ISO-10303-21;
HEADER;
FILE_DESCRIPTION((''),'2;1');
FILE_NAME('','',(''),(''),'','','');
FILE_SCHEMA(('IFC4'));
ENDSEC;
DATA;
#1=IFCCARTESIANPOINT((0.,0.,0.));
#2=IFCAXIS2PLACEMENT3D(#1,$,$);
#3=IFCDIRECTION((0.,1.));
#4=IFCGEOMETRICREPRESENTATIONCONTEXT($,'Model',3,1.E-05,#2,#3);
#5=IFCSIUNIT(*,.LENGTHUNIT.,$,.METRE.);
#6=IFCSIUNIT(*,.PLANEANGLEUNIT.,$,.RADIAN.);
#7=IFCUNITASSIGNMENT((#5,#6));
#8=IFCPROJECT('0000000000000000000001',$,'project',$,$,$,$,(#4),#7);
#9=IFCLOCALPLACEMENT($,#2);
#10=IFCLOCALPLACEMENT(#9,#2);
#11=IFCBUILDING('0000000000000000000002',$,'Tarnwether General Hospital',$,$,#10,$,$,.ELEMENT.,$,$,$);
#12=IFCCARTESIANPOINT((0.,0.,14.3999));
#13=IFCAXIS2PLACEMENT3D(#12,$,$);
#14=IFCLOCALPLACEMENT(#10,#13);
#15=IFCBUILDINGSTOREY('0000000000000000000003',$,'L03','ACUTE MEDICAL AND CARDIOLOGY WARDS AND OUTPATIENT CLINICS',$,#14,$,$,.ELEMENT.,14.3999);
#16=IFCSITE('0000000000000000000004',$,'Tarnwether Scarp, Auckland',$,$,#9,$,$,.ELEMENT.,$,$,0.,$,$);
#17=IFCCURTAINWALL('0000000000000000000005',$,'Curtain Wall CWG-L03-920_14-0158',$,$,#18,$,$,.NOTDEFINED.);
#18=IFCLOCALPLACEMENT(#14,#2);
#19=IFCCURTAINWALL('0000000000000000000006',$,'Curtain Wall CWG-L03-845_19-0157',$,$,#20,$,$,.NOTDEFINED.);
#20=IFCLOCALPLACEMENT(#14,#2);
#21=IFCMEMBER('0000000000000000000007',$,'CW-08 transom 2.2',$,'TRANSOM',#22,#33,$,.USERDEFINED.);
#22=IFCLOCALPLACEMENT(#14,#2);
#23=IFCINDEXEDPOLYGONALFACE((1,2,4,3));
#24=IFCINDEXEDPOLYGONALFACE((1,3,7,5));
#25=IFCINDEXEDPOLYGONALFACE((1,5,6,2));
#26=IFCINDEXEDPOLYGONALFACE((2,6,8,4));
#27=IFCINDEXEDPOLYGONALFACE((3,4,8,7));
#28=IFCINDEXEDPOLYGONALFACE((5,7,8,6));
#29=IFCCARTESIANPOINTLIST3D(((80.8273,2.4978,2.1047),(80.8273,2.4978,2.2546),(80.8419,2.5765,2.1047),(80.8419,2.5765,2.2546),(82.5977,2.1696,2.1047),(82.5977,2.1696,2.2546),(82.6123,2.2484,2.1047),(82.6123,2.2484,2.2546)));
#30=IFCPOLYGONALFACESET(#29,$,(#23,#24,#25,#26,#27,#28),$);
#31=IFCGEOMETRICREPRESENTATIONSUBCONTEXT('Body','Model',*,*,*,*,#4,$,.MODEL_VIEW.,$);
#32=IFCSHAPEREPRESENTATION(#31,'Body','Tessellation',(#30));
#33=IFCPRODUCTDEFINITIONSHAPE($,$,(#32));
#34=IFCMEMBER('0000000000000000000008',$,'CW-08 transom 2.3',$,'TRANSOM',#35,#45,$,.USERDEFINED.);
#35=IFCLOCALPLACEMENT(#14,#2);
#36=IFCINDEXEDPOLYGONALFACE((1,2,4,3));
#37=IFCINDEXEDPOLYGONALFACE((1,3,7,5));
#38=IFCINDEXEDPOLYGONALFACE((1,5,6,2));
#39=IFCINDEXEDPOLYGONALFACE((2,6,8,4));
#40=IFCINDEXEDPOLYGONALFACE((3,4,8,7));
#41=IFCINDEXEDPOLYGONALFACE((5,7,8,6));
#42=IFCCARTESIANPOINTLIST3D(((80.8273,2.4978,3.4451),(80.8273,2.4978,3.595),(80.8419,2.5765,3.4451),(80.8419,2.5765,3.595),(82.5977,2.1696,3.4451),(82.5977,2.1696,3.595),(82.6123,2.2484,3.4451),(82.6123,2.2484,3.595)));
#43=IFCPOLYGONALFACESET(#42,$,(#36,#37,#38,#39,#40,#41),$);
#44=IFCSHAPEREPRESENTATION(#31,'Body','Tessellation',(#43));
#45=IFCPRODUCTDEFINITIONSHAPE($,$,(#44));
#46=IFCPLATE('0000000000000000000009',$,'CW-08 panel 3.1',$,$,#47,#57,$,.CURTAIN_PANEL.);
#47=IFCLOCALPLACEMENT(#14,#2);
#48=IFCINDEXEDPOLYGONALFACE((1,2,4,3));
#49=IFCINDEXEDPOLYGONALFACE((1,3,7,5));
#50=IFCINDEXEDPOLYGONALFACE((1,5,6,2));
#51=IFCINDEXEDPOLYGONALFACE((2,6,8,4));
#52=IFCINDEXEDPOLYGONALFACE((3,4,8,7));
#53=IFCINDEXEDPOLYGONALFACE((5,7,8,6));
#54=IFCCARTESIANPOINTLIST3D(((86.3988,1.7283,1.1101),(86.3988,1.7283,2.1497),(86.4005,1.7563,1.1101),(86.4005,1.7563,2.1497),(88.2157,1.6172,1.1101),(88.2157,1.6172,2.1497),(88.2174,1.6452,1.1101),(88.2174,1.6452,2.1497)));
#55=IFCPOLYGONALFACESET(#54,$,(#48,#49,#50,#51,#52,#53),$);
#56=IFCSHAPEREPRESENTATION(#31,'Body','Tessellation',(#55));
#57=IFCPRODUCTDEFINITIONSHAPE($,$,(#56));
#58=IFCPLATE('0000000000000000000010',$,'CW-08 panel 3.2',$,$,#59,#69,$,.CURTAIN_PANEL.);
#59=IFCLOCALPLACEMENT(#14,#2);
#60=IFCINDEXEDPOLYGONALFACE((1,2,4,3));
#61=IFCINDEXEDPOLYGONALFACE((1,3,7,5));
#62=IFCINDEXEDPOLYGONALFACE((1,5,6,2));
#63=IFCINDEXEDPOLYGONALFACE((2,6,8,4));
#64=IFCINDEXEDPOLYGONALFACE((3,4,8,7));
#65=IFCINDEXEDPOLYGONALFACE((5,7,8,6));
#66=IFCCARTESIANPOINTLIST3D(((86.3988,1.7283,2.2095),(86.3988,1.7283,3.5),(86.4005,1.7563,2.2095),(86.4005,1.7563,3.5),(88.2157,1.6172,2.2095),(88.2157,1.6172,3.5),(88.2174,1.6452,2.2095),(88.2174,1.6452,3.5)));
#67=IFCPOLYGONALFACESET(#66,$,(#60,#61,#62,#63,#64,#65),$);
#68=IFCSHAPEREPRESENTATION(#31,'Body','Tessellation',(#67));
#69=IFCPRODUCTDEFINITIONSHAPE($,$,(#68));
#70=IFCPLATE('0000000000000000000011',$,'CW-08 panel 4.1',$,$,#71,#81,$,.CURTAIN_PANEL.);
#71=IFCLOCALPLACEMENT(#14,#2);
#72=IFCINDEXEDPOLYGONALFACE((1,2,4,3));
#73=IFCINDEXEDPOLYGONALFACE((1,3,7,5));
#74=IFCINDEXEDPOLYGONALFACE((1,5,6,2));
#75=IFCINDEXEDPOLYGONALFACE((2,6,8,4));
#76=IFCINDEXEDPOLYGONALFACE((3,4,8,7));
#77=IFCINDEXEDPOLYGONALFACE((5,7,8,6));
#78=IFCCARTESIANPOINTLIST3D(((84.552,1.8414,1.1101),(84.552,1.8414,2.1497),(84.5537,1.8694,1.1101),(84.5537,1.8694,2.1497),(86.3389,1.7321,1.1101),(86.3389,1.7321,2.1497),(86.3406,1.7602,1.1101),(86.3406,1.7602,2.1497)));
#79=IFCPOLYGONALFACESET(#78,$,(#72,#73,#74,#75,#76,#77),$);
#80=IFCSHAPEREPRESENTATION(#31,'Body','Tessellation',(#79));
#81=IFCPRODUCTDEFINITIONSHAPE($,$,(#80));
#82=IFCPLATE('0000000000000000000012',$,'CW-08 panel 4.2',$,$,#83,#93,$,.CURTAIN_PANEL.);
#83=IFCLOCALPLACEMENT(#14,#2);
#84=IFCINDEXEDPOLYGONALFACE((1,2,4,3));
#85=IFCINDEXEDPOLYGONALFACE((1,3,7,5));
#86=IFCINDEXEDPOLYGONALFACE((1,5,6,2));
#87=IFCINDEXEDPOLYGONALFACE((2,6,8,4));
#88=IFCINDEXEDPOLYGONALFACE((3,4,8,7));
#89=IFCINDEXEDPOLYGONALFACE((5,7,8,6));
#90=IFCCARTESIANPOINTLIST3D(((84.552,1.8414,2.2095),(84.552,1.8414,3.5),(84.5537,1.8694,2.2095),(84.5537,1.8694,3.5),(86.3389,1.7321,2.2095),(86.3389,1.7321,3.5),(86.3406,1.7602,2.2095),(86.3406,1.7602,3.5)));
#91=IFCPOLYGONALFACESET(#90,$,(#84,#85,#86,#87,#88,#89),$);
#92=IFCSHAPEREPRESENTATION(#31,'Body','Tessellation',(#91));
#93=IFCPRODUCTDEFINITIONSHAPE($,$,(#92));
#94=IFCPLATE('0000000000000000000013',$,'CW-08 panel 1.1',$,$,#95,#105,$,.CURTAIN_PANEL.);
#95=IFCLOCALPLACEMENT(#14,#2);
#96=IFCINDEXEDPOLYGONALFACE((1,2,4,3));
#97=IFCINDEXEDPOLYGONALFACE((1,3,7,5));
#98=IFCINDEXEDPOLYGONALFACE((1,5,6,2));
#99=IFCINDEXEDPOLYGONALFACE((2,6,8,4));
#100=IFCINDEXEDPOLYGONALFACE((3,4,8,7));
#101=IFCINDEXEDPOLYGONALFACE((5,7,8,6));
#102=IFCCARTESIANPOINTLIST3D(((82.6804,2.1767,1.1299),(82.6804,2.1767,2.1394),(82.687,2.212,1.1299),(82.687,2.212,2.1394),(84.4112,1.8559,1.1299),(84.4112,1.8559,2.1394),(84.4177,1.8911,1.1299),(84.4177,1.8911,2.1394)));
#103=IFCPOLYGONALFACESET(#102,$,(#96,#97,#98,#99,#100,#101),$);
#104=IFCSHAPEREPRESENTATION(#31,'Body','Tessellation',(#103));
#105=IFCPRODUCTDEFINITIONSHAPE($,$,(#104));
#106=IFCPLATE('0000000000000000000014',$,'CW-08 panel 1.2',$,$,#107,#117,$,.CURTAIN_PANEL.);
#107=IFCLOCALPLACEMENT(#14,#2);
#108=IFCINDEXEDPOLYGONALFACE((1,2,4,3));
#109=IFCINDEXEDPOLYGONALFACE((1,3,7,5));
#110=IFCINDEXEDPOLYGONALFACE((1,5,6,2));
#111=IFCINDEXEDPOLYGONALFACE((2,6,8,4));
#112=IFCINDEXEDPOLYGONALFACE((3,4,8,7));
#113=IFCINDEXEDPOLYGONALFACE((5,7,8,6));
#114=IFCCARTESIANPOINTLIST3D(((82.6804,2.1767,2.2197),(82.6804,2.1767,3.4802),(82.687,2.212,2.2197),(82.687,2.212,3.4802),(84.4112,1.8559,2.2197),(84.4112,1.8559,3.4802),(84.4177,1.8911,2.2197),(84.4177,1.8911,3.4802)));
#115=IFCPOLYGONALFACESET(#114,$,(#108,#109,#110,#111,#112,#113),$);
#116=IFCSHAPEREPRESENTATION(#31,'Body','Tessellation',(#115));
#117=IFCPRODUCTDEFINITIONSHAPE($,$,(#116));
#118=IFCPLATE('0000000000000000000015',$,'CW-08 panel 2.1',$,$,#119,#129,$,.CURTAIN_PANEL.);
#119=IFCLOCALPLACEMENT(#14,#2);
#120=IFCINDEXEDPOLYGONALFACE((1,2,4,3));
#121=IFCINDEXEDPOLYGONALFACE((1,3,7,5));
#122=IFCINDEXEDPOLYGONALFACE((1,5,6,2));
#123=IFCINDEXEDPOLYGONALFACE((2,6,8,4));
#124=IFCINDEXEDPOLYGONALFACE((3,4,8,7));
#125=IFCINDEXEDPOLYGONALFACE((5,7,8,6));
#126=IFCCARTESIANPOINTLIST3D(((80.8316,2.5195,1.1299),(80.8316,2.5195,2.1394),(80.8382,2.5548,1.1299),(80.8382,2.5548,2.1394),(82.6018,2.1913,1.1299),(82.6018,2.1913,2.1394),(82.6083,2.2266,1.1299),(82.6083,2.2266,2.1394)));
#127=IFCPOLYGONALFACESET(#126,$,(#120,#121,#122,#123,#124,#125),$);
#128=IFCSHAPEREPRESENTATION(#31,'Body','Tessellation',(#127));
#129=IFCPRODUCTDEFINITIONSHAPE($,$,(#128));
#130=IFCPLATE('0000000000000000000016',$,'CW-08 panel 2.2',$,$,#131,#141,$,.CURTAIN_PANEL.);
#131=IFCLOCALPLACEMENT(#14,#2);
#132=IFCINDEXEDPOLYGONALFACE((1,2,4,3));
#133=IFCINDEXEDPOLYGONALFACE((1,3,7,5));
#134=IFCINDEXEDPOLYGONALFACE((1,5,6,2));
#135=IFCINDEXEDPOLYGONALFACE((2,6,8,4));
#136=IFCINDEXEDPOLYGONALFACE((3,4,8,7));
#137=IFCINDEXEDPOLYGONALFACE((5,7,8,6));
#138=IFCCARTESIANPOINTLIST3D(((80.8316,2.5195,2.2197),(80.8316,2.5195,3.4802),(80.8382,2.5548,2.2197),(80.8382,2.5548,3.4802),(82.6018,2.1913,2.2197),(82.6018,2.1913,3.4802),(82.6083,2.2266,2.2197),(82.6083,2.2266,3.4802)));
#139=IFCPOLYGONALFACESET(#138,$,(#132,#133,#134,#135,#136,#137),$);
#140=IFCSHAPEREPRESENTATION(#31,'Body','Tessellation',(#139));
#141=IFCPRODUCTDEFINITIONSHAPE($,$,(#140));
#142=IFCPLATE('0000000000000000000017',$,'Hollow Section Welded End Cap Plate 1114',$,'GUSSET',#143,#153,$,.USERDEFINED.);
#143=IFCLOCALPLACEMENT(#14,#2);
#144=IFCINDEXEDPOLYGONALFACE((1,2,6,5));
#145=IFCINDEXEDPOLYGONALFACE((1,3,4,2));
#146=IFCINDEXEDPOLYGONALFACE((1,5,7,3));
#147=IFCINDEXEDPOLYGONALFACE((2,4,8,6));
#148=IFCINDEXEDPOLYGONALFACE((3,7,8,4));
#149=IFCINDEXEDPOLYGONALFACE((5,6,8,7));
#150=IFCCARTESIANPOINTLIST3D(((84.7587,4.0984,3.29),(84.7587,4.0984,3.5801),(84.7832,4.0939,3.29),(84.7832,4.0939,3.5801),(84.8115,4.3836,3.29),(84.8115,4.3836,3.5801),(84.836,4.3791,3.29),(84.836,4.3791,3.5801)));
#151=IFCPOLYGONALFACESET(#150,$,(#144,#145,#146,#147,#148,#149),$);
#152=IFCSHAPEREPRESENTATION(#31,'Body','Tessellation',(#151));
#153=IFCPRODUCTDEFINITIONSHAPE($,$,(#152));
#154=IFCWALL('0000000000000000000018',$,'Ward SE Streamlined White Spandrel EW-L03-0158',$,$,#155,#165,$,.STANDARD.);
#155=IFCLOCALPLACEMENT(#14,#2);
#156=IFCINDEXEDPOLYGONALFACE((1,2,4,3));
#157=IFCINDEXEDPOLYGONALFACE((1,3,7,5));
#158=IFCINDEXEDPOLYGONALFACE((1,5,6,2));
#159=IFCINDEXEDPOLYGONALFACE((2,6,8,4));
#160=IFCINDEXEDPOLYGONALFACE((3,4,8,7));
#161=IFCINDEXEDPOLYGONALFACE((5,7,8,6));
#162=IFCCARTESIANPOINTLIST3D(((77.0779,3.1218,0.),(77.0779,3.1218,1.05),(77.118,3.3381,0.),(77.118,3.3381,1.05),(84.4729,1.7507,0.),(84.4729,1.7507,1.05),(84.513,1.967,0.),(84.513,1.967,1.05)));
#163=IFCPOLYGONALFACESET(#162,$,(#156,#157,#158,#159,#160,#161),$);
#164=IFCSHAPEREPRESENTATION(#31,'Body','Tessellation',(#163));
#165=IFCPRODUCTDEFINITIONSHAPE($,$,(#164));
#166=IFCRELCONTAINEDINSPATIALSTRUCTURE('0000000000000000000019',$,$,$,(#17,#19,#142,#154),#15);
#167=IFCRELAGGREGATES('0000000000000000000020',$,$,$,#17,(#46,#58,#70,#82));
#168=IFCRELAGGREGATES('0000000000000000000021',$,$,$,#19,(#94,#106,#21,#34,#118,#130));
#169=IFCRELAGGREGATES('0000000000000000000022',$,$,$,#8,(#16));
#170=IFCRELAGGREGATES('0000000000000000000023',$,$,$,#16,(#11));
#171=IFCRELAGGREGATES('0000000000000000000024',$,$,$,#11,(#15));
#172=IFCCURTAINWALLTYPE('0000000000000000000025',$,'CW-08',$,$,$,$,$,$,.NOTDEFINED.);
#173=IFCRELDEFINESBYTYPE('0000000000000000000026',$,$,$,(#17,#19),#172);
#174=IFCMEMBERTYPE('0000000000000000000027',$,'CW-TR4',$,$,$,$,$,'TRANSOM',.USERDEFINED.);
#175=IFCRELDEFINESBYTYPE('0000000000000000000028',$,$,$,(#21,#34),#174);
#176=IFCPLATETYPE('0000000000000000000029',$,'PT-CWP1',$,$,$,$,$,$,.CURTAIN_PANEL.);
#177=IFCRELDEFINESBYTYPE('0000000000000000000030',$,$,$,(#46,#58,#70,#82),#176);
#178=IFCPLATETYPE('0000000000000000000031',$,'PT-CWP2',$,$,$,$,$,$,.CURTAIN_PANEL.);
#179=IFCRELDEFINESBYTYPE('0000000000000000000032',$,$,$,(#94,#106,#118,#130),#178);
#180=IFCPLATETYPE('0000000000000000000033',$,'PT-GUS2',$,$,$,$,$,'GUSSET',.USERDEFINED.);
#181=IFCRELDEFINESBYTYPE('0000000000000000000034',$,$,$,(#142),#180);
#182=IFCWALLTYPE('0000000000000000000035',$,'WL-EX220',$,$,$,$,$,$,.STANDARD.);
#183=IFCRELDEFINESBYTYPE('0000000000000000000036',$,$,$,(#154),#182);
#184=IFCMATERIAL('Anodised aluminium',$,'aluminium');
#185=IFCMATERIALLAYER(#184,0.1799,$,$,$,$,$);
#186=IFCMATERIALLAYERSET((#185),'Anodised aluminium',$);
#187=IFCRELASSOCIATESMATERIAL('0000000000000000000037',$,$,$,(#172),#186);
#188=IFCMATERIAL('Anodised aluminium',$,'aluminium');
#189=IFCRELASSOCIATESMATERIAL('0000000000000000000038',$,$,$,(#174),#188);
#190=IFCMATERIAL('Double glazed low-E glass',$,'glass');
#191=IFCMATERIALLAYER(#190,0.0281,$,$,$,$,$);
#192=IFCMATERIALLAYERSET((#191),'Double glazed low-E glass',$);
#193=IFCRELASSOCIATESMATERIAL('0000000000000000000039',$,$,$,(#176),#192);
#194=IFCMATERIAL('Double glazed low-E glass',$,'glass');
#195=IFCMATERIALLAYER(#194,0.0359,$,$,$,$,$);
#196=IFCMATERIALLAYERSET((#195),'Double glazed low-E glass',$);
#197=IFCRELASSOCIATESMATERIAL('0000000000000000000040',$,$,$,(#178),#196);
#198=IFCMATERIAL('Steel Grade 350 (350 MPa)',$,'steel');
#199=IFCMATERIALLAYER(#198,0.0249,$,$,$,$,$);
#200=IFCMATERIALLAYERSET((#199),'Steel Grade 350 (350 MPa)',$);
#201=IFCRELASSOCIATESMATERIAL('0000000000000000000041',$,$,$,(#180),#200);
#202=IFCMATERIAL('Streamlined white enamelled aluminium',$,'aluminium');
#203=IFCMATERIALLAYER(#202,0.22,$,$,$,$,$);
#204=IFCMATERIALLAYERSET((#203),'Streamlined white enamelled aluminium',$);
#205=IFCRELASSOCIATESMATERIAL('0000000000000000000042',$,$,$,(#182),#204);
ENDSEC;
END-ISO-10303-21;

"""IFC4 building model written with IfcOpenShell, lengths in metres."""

from ifc_helpers import new_model, si_unit, direction, frame, frame_2d, origin, origin_2d, place, context, subcontext, project, spatial, rectangle, extrude, material, layer, layer_set, material_profile, profile_set, type_object, element, aggregate, save


model = new_model("IFC4")

# Units and contexts
model_context = context("Model", 3, precision=1e-05, world=origin(), true_north=direction((0.0, 1.0)))
body_context = subcontext(model_context, "Body", "Model", "MODEL_VIEW")
ifc_project = project(units=[si_unit("LENGTHUNIT", "METRE"), si_unit("PLANEANGLEUNIT", "RADIAN")], contexts=[model_context])

# Site, building, storey
site_placement = place(None, origin())
site = spatial("IfcSite", under=ifc_project, at=site_placement, Name="Tarnwether Scarp, Auckland", CompositionType="ELEMENT", RefElevation=0.0)
building_placement = place(site_placement, origin())
building = spatial("IfcBuilding", under=site, at=building_placement, Name="Tarnwether General Hospital", CompositionType="ELEMENT")
storey_placement = place(building_placement, frame((0.0, 0.0, 14.3999)))
storey = spatial("IfcBuildingStorey", under=building, at=storey_placement, Name="L03", Description="ACUTE MEDICAL AND CARDIOLOGY WARDS AND OUTPATIENT CLINICS", CompositionType="ELEMENT", Elevation=14.3999)

# Curtain walls
ifc_material_1 = material(Name="Anodised aluminium", Category="aluminium")
ifc_layer_1 = layer(ifc_material_1, 0.1799)
ifc_layer_set_1 = layer_set([ifc_layer_1], Name="Anodised aluminium")
curtain_wall_type = type_object("IfcCurtainWallType", Name="CW-08", PredefinedType="NOTDEFINED", material=ifc_layer_set_1)
curtain_wall_1_placement = place(storey_placement, origin())
curtain_wall_1 = element("IfcCurtainWall", 1, at=curtain_wall_1_placement, inside=storey, type_object=curtain_wall_type, Name="Curtain Wall CWG-L03-920_14-0158", PredefinedType="NOTDEFINED")
curtain_wall_2_placement = place(storey_placement, origin())
curtain_wall_2 = element("IfcCurtainWall", 2, at=curtain_wall_2_placement, inside=storey, type_object=curtain_wall_type, Name="Curtain Wall CWG-L03-845_19-0157", PredefinedType="NOTDEFINED")

# Members
ifc_material_2 = material(Name="Anodised aluminium", Category="aluminium")
ifc_material_profile_1 = material_profile(ifc_material_2, rectangle(XDim=0.0801, YDim=0.1499, at=origin_2d()), Name="ALU-TRN-80x150")
ifc_profile_set_1 = profile_set([ifc_material_profile_1], Name="Anodised aluminium")
member_type_1 = type_object("IfcMemberType", Name="CW-TR4", ElementType="TRANSOM", PredefinedType="USERDEFINED", material=ifc_profile_set_1)
member_1_placement = place(storey_placement, frame((82.605, 2.209, 2.1797), z_axis=(-0.983252, 0.182249, 0.0), x_axis=(-0.182249, -0.983252, 0.0)))
member_1 = element("IfcMember", 3, at=member_1_placement, type_object=member_type_1, Name="CW-08 transom 2.2", ObjectType="TRANSOM", PredefinedType="USERDEFINED", context=body_context, shape_type="SweptSolid", body=[
    extrude(rectangle(XDim=0.0801, YDim=0.1499, at=origin_2d()), origin(), (0.0, 0.0, 1.0), 1.8005),
])
member_2_placement = place(storey_placement, frame((82.605, 2.209, 3.52), z_axis=(-0.983252, 0.182249, 0.0), x_axis=(-0.182249, -0.983252, 0.0)))
member_2 = element("IfcMember", 4, at=member_2_placement, type_object=member_type_1, Name="CW-08 transom 2.3", ObjectType="TRANSOM", PredefinedType="USERDEFINED", context=body_context, shape_type="SweptSolid", body=[
    extrude(rectangle(XDim=0.0801, YDim=0.1499, at=origin_2d()), origin(), (0.0, 0.0, 1.0), 1.8005),
])

# Plates
ifc_material_3 = material(Name="Double glazed low-E glass", Category="glass")
ifc_layer_2 = layer(ifc_material_3, 0.0281)
ifc_layer_set_2 = layer_set([ifc_layer_2], Name="Double glazed low-E glass")
plate_type_1 = type_object("IfcPlateType", Name="PT-CWP1", PredefinedType="CURTAIN_PANEL", material=ifc_layer_set_2)
plate_1_placement = place(storey_placement, frame((87.3081, 1.6868, 1.1101), z_axis=(0.0, 0.0, 1.0), x_axis=(-0.998136, 0.061029, 0.0)))
plate_1 = element("IfcPlate", 5, at=plate_1_placement, type_object=plate_type_1, Name="CW-08 panel 3.1", PredefinedType="CURTAIN_PANEL", context=body_context, shape_type="SweptSolid", body=[
    extrude(rectangle(XDim=1.8203, YDim=0.0281, at=origin_2d()), origin(), (0.0, 0.0, 1.0), 1.0396),
])
plate_2_placement = place(storey_placement, frame((87.3081, 1.6868, 2.2095), z_axis=(0.0, 0.0, 1.0), x_axis=(-0.998136, 0.061029, 0.0)))
plate_2 = element("IfcPlate", 6, at=plate_2_placement, type_object=plate_type_1, Name="CW-08 panel 3.2", PredefinedType="CURTAIN_PANEL", context=body_context, shape_type="SweptSolid", body=[
    extrude(rectangle(XDim=1.8203, YDim=0.0281, at=origin_2d()), origin(), (0.0, 0.0, 1.0), 1.2905),
])
plate_3_placement = place(storey_placement, frame((85.4463, 1.8008, 1.1101), z_axis=(0.0, 0.0, 1.0), x_axis=(-0.998136, 0.061029, 0.0)))
plate_3 = element("IfcPlate", 7, at=plate_3_placement, type_object=plate_type_1, Name="CW-08 panel 4.1", PredefinedType="CURTAIN_PANEL", context=body_context, shape_type="SweptSolid", body=[
    extrude(rectangle(XDim=1.7903, YDim=0.0281, at=origin_2d()), origin(), (0.0, 0.0, 1.0), 1.0396),
])
plate_4_placement = place(storey_placement, frame((85.4463, 1.8008, 2.2095), z_axis=(0.0, 0.0, 1.0), x_axis=(-0.998136, 0.061029, 0.0)))
plate_4 = element("IfcPlate", 8, at=plate_4_placement, type_object=plate_type_1, Name="CW-08 panel 4.2", PredefinedType="CURTAIN_PANEL", context=body_context, shape_type="SweptSolid", body=[
    extrude(rectangle(XDim=1.7903, YDim=0.0281, at=origin_2d()), origin(), (0.0, 0.0, 1.0), 1.2905),
])
aggregate(curtain_wall_1, [plate_1, plate_2, plate_3, plate_4])
ifc_material_4 = material(Name="Double glazed low-E glass", Category="glass")
ifc_layer_3 = layer(ifc_material_4, 0.0359)
ifc_layer_set_3 = layer_set([ifc_layer_3], Name="Double glazed low-E glass")
plate_type_2 = type_object("IfcPlateType", Name="PT-CWP2", PredefinedType="CURTAIN_PANEL", material=ifc_layer_set_3)
plate_5_placement = place(storey_placement, frame((83.5491, 2.0339, 1.1299), z_axis=(0.0, 0.0, 1.0), x_axis=(-0.983245, 0.182289, 0.0)))
plate_5 = element("IfcPlate", 9, at=plate_5_placement, type_object=plate_type_2, Name="CW-08 panel 1.1", PredefinedType="CURTAIN_PANEL", context=body_context, shape_type="SweptSolid", body=[
    extrude(rectangle(XDim=1.7603, YDim=0.0359, at=origin_2d()), origin(), (0.0, 0.0, 1.0), 1.0095),
])
plate_6_placement = place(storey_placement, frame((83.5491, 2.0339, 2.2197), z_axis=(0.0, 0.0, 1.0), x_axis=(-0.983245, 0.182289, 0.0)))
plate_6 = element("IfcPlate", 10, at=plate_6_placement, type_object=plate_type_2, Name="CW-08 panel 1.2", PredefinedType="CURTAIN_PANEL", context=body_context, shape_type="SweptSolid", body=[
    extrude(rectangle(XDim=1.7603, YDim=0.0359, at=origin_2d()), origin(), (0.0, 0.0, 1.0), 1.2605),
])
plate_7_placement = place(storey_placement, frame((81.72, 2.373, 1.1299), z_axis=(0.0, 0.0, 1.0), x_axis=(-0.983245, 0.182289, 0.0)))
plate_7 = element("IfcPlate", 11, at=plate_7_placement, type_object=plate_type_2, Name="CW-08 panel 2.1", PredefinedType="CURTAIN_PANEL", context=body_context, shape_type="SweptSolid", body=[
    extrude(rectangle(XDim=1.8003, YDim=0.0359, at=origin_2d()), origin(), (0.0, 0.0, 1.0), 1.0095),
])
plate_8_placement = place(storey_placement, frame((81.72, 2.373, 2.2197), z_axis=(0.0, 0.0, 1.0), x_axis=(-0.983245, 0.182289, 0.0)))
plate_8 = element("IfcPlate", 12, at=plate_8_placement, type_object=plate_type_2, Name="CW-08 panel 2.2", PredefinedType="CURTAIN_PANEL", context=body_context, shape_type="SweptSolid", body=[
    extrude(rectangle(XDim=1.8003, YDim=0.0359, at=origin_2d()), origin(), (0.0, 0.0, 1.0), 1.2605),
])
aggregate(curtain_wall_2, [plate_5, plate_6, member_1, member_2, plate_7, plate_8])
ifc_material_5 = material(Name="Steel Grade 350 (350 MPa)", Category="steel")
ifc_layer_4 = layer(ifc_material_5, 0.0249)
ifc_layer_set_4 = layer_set([ifc_layer_4], Name="Steel Grade 350 (350 MPa)")
plate_type_3 = type_object("IfcPlateType", Name="PT-GUS2", ElementType="GUSSET", PredefinedType="USERDEFINED", material=ifc_layer_set_4)
plate_9_placement = place(storey_placement, frame((84.7974, 4.2388, 3.29), z_axis=(0.0, 0.0, 1.0), x_axis=(0.983261, -0.182201, 0.0)))
element("IfcPlate", 13, at=plate_9_placement, inside=storey, type_object=plate_type_3, Name="Hollow Section Welded End Cap Plate 1114", ObjectType="GUSSET", PredefinedType="USERDEFINED", context=body_context, shape_type="SweptSolid", body=[
    extrude(rectangle(XDim=0.0249, YDim=0.29, at=origin_2d()), origin(), (0.0, 0.0, 1.0), 0.29),
])

# Wall
ifc_material_6 = material(Name="Streamlined white enamelled aluminium", Category="aluminium")
ifc_layer_5 = layer(ifc_material_6, 0.22)
ifc_layer_set_5 = layer_set([ifc_layer_5], Name="Streamlined white enamelled aluminium")
wall_type = type_object("IfcWallType", Name="WL-EX220", PredefinedType="STANDARD", material=ifc_layer_set_5)
wall_placement = place(storey_placement, frame((84.4929, 1.8589, 0.0), z_axis=(0.0, 0.0, 1.0), x_axis=(-0.983243, 0.182301, 0.0)))
element("IfcWall", 14, at=wall_placement, inside=storey, type_object=wall_type, Name="Ward SE Streamlined White Spandrel EW-L03-0158", PredefinedType="STANDARD", context=body_context, shape_type="SweptSolid", body=[
    extrude(rectangle(XDim=7.521, YDim=0.22, at=frame_2d((3.7605, 0.0))), origin(), (0.0, 0.0, 1.0), 1.05),
])

save(model, "model.ifc")
